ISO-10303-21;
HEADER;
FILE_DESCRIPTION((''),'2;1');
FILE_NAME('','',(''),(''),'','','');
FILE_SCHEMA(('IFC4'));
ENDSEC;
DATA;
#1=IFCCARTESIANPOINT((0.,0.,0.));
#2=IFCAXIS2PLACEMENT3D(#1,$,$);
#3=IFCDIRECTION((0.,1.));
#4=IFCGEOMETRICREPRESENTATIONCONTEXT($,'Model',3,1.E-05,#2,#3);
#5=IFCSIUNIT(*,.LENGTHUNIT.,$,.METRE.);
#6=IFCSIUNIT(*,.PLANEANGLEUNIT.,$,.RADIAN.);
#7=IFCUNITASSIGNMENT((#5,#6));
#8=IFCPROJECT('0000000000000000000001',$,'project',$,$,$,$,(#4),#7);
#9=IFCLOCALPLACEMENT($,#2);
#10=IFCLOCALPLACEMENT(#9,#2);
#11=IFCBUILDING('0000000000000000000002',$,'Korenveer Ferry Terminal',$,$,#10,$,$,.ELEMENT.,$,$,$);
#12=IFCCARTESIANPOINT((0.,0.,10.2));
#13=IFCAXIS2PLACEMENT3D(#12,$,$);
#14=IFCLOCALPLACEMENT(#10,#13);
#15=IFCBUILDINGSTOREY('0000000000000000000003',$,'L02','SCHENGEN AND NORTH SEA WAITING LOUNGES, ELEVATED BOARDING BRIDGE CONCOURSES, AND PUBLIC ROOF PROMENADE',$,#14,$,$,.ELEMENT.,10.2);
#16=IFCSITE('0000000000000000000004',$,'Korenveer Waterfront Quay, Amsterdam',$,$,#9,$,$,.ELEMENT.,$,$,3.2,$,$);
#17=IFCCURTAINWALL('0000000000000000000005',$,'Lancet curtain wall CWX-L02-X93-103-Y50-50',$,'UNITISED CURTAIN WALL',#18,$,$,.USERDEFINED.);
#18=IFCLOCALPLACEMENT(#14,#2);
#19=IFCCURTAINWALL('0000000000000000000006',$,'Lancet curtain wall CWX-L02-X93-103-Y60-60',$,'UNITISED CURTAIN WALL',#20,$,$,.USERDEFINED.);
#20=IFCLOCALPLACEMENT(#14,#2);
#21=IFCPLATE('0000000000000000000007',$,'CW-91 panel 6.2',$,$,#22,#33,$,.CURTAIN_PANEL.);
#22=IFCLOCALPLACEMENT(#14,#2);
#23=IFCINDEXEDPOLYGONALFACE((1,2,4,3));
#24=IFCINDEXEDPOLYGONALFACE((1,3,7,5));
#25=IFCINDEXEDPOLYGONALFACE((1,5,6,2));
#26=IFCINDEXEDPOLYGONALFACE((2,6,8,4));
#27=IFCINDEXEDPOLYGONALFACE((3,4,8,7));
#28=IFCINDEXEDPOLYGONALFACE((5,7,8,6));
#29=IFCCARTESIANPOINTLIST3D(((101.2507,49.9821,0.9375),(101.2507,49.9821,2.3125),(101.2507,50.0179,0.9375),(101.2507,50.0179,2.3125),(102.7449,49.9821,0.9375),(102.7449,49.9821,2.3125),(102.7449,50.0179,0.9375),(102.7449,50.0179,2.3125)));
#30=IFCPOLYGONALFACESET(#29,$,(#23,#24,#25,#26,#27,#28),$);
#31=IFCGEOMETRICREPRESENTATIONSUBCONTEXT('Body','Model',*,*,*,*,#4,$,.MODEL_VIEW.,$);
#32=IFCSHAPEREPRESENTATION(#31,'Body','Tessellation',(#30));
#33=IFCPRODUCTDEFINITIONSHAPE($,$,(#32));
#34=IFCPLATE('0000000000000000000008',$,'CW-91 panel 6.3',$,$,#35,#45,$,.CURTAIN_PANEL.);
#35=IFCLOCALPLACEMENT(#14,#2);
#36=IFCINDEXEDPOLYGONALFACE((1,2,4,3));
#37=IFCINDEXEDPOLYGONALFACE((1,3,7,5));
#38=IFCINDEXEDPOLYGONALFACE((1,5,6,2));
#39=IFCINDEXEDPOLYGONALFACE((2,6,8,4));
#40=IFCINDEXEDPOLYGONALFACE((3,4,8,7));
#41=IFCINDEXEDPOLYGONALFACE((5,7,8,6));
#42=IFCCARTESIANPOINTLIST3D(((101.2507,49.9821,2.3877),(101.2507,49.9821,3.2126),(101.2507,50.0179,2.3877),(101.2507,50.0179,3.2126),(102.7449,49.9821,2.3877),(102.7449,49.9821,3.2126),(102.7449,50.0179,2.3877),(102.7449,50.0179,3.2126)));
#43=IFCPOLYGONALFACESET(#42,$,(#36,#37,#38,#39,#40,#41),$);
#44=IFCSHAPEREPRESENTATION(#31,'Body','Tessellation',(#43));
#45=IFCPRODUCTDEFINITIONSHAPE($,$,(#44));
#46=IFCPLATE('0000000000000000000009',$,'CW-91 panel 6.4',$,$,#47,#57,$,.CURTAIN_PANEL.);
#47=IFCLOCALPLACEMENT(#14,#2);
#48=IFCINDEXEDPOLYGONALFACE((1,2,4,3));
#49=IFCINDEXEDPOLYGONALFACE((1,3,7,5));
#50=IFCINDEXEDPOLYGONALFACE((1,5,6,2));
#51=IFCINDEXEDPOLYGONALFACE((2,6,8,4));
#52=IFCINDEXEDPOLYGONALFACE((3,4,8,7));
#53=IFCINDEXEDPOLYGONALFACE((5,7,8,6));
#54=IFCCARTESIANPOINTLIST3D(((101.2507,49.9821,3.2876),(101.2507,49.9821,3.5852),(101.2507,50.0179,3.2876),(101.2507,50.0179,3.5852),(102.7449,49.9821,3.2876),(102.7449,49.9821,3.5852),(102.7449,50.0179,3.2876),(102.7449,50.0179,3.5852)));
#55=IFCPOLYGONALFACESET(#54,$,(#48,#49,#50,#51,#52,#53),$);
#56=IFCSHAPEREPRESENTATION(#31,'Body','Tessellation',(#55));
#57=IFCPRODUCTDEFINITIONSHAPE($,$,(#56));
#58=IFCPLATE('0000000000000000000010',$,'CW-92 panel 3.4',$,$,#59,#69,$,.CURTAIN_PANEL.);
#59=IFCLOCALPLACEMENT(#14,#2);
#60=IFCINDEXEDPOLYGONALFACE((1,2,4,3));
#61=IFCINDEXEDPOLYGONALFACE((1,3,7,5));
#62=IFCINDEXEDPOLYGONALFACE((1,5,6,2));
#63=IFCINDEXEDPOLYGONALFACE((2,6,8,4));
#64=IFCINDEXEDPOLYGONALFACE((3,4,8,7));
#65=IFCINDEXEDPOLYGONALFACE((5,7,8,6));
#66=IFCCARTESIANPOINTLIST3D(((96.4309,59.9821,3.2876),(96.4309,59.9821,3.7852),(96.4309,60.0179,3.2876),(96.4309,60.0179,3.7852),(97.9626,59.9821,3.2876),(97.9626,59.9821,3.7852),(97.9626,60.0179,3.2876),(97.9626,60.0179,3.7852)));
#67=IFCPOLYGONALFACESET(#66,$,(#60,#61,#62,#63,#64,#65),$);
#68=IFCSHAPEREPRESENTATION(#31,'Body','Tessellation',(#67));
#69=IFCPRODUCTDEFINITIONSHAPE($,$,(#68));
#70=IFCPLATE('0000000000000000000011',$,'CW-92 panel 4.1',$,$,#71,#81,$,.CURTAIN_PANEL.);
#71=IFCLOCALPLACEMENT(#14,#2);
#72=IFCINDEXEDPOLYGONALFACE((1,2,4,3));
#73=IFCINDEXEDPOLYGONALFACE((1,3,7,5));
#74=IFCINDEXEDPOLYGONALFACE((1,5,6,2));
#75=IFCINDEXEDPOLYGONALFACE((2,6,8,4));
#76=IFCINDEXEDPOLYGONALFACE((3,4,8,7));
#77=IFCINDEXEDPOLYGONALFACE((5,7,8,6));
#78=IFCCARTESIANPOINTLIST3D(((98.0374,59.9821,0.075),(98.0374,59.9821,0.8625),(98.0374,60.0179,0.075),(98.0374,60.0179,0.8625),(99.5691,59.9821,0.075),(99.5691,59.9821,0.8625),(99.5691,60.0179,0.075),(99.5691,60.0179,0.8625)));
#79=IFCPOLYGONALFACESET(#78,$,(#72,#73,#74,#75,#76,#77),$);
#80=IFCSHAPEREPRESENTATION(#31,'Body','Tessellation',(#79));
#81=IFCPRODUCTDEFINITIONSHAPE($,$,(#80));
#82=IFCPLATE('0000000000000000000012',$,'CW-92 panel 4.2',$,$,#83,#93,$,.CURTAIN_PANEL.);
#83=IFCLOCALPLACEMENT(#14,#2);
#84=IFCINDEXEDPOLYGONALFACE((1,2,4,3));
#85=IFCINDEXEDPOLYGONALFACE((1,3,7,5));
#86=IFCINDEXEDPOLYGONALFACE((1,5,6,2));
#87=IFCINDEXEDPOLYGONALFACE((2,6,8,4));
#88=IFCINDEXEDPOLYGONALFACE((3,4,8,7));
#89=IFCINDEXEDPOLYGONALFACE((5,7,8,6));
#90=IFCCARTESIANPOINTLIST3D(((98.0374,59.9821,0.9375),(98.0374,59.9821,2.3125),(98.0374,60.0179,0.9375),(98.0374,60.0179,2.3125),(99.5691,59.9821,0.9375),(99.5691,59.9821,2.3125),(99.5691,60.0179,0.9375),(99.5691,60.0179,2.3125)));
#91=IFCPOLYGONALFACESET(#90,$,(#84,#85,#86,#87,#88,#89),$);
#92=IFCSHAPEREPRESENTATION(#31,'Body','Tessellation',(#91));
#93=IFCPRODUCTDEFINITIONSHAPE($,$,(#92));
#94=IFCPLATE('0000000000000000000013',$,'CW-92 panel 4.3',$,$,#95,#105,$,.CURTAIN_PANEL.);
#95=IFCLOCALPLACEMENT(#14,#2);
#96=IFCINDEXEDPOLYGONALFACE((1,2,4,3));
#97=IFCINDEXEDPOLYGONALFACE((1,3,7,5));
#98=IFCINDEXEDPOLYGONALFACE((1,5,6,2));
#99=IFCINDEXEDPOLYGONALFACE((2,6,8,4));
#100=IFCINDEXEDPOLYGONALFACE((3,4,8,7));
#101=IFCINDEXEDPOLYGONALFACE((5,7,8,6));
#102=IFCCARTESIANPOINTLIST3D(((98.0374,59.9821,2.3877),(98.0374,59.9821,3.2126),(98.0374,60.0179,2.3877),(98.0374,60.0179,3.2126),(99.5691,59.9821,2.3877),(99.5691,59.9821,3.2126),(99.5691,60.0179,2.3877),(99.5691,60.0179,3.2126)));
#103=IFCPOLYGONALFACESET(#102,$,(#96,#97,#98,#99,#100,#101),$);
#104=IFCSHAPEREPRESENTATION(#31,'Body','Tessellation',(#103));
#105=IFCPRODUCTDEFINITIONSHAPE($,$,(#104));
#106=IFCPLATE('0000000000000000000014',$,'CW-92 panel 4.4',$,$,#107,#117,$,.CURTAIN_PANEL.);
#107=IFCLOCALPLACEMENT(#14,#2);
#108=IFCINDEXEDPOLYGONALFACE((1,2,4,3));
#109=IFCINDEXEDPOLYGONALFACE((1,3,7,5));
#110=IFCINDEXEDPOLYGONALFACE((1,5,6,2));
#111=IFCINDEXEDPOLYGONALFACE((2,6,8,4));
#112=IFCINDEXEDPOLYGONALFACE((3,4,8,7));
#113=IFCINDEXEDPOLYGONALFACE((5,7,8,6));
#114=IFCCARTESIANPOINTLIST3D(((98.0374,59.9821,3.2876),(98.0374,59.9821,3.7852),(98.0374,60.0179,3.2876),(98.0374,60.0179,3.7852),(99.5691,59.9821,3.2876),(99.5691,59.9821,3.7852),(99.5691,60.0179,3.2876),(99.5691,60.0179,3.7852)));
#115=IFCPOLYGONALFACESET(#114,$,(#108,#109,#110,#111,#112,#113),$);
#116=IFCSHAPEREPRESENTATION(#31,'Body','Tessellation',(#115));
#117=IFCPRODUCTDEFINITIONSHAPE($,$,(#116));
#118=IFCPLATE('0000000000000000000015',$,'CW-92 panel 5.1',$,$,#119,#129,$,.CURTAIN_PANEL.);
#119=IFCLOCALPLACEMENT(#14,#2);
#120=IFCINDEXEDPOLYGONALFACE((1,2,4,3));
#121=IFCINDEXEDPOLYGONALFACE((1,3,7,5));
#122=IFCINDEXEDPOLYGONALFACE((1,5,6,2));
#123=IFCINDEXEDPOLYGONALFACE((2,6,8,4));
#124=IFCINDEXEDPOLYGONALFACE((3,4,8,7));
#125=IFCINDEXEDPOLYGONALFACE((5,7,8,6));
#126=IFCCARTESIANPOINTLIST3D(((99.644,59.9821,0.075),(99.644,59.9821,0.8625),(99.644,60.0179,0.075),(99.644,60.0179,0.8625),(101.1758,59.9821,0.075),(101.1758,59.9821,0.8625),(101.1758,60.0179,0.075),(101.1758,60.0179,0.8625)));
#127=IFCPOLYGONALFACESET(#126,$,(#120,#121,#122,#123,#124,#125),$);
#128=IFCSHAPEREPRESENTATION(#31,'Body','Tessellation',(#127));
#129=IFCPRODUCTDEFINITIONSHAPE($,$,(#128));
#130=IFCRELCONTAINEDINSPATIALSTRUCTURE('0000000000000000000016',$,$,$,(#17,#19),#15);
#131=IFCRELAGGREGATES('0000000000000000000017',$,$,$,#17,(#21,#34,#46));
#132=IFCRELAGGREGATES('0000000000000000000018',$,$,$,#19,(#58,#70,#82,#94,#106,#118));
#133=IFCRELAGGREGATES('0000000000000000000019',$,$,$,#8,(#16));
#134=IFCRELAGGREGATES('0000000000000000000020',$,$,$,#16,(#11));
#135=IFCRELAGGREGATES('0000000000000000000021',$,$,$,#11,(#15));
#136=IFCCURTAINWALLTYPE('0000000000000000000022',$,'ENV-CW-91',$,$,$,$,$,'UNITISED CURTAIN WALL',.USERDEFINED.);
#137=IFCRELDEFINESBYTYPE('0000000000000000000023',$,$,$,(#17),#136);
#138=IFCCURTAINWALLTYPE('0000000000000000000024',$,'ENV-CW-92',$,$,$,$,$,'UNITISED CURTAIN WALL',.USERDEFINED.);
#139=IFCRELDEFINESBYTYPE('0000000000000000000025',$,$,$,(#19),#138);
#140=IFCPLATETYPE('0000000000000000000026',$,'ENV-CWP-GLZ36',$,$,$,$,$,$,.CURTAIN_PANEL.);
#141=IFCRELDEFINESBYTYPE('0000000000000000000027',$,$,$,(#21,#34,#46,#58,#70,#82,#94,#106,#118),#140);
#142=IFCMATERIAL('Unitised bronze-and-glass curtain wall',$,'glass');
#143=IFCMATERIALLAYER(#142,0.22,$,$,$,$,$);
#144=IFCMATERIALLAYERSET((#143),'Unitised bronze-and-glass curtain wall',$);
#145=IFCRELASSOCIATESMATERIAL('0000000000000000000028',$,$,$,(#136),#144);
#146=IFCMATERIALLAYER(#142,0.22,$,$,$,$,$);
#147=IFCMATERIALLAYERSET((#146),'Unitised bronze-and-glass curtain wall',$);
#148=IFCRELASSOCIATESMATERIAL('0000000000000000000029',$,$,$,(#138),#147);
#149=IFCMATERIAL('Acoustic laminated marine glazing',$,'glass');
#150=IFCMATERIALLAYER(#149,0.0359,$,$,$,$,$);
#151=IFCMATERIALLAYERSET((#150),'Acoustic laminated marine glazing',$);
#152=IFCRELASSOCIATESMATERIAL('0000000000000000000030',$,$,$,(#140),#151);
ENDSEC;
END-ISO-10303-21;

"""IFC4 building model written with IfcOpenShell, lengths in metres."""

from ifc_helpers import new_model, si_unit, direction, frame, origin, origin_2d, place, context, subcontext, project, spatial, rectangle, extrude, material, layer, layer_set, type_object, element, aggregate, save


model = new_model("IFC4")

# Units and contexts
model_context = context("Model", 3, precision=1e-05, world=origin(), true_north=direction((0.0, 1.0)))
body_context = subcontext(model_context, "Body", "Model", "MODEL_VIEW")
ifc_project = project(units=[si_unit("LENGTHUNIT", "METRE"), si_unit("PLANEANGLEUNIT", "RADIAN")], contexts=[model_context])

# Site, building, storey
site_placement = place(None, origin())
site = spatial("IfcSite", under=ifc_project, at=site_placement, Name="Korenveer Waterfront Quay, Amsterdam", CompositionType="ELEMENT", RefElevation=3.2)
building_placement = place(site_placement, origin())
building = spatial("IfcBuilding", under=site, at=building_placement, Name="Korenveer Ferry Terminal", CompositionType="ELEMENT")
storey_placement = place(building_placement, frame((0.0, 0.0, 10.2)))
storey = spatial("IfcBuildingStorey", under=building, at=storey_placement, Name="L02", Description="SCHENGEN AND NORTH SEA WAITING LOUNGES, ELEVATED BOARDING BRIDGE CONCOURSES, AND PUBLIC ROOF PROMENADE", CompositionType="ELEMENT", Elevation=10.2)

# Curtain wall
ifc_material_1 = material(Name="Unitised bronze-and-glass curtain wall", Category="glass")
ifc_layer_1 = layer(ifc_material_1, 0.22)
ifc_layer_set_1 = layer_set([ifc_layer_1], Name="Unitised bronze-and-glass curtain wall")
curtain_wall_type_1 = type_object("IfcCurtainWallType", Name="ENV-CW-91", ElementType="UNITISED CURTAIN WALL", PredefinedType="USERDEFINED", material=ifc_layer_set_1)
curtain_wall_1_placement = place(storey_placement, frame((93.1799, 50.0, 0.0)))
curtain_wall_1 = element("IfcCurtainWall", 1, at=curtain_wall_1_placement, inside=storey, type_object=curtain_wall_type_1, Name="Lancet curtain wall CWX-L02-X93-103-Y50-50", ObjectType="UNITISED CURTAIN WALL", PredefinedType="USERDEFINED")

# Shared definitions
ifc_layer_2 = layer(ifc_material_1, 0.22)
ifc_layer_set_2 = layer_set([ifc_layer_2], Name="Unitised bronze-and-glass curtain wall")
curtain_wall_type_2 = type_object("IfcCurtainWallType", Name="ENV-CW-92", ElementType="UNITISED CURTAIN WALL", PredefinedType="USERDEFINED", material=ifc_layer_set_2)

# Curtain wall
curtain_wall_2_placement = place(storey_placement, frame((93.1799, 60.0, 0.0)))
curtain_wall_2 = element("IfcCurtainWall", 2, at=curtain_wall_2_placement, inside=storey, type_object=curtain_wall_type_2, Name="Lancet curtain wall CWX-L02-X93-103-Y60-60", ObjectType="UNITISED CURTAIN WALL", PredefinedType="USERDEFINED")

# Plates
ifc_material_2 = material(Name="Acoustic laminated marine glazing", Category="glass")
ifc_layer_3 = layer(ifc_material_2, 0.0359)
ifc_layer_set_3 = layer_set([ifc_layer_3], Name="Acoustic laminated marine glazing")
plate_type = type_object("IfcPlateType", Name="ENV-CWP-GLZ36", PredefinedType="CURTAIN_PANEL", material=ifc_layer_set_3)
plate_1_placement = place(storey_placement, frame((101.9978, 50.0, 0.9375), z_axis=(0.0, 0.0, 1.0), x_axis=(1.0, 0.0, 0.0)))
plate_1 = element("IfcPlate", 3, at=plate_1_placement, type_object=plate_type, Name="CW-91 panel 6.2", PredefinedType="CURTAIN_PANEL", context=body_context, shape_type="SweptSolid", body=[
    extrude(rectangle(XDim=1.4941, YDim=0.0359, at=origin_2d()), origin(), (0.0, 0.0, 1.0), 1.375),
])
plate_2_placement = place(storey_placement, frame((101.9978, 50.0, 2.3877), z_axis=(0.0, 0.0, 1.0), x_axis=(1.0, 0.0, 0.0)))
plate_2 = element("IfcPlate", 4, at=plate_2_placement, type_object=plate_type, Name="CW-91 panel 6.3", PredefinedType="CURTAIN_PANEL", context=body_context, shape_type="SweptSolid", body=[
    extrude(rectangle(XDim=1.4941, YDim=0.0359, at=origin_2d()), origin(), (0.0, 0.0, 1.0), 0.825),
])
plate_3_placement = place(storey_placement, frame((101.9978, 50.0, 3.2876), z_axis=(0.0, 0.0, 1.0), x_axis=(1.0, 0.0, 0.0)))
plate_3 = element("IfcPlate", 5, at=plate_3_placement, type_object=plate_type, Name="CW-91 panel 6.4", PredefinedType="CURTAIN_PANEL", context=body_context, shape_type="SweptSolid", body=[
    extrude(rectangle(XDim=1.4941, YDim=0.0359, at=origin_2d()), origin(), (0.0, 0.0, 1.0), 0.2976),
])
aggregate(curtain_wall_1, [plate_1, plate_2, plate_3])
plate_4_placement = place(storey_placement, frame((97.1968, 60.0, 3.2876), z_axis=(0.0, 0.0, 1.0), x_axis=(1.0, 0.0, 0.0)))
plate_4 = element("IfcPlate", 6, at=plate_4_placement, type_object=plate_type, Name="CW-92 panel 3.4", PredefinedType="CURTAIN_PANEL", context=body_context, shape_type="SweptSolid", body=[
    extrude(rectangle(XDim=1.5317, YDim=0.0359, at=origin_2d()), origin(), (0.0, 0.0, 1.0), 0.4976),
])
plate_5_placement = place(storey_placement, frame((98.8032, 60.0, 0.075), z_axis=(0.0, 0.0, 1.0), x_axis=(1.0, 0.0, 0.0)))
plate_5 = element("IfcPlate", 7, at=plate_5_placement, type_object=plate_type, Name="CW-92 panel 4.1", PredefinedType="CURTAIN_PANEL", context=body_context, shape_type="SweptSolid", body=[
    extrude(rectangle(XDim=1.5317, YDim=0.0359, at=origin_2d()), origin(), (0.0, 0.0, 1.0), 0.7876),
])
plate_6_placement = place(storey_placement, frame((98.8032, 60.0, 0.9375), z_axis=(0.0, 0.0, 1.0), x_axis=(1.0, 0.0, 0.0)))
plate_6 = element("IfcPlate", 8, at=plate_6_placement, type_object=plate_type, Name="CW-92 panel 4.2", PredefinedType="CURTAIN_PANEL", context=body_context, shape_type="SweptSolid", body=[
    extrude(rectangle(XDim=1.5317, YDim=0.0359, at=origin_2d()), origin(), (0.0, 0.0, 1.0), 1.375),
])
plate_7_placement = place(storey_placement, frame((98.8032, 60.0, 2.3877), z_axis=(0.0, 0.0, 1.0), x_axis=(1.0, 0.0, 0.0)))
plate_7 = element("IfcPlate", 9, at=plate_7_placement, type_object=plate_type, Name="CW-92 panel 4.3", PredefinedType="CURTAIN_PANEL", context=body_context, shape_type="SweptSolid", body=[
    extrude(rectangle(XDim=1.5317, YDim=0.0359, at=origin_2d()), origin(), (0.0, 0.0, 1.0), 0.825),
])
plate_8_placement = place(storey_placement, frame((98.8032, 60.0, 3.2876), z_axis=(0.0, 0.0, 1.0), x_axis=(1.0, 0.0, 0.0)))
plate_8 = element("IfcPlate", 10, at=plate_8_placement, type_object=plate_type, Name="CW-92 panel 4.4", PredefinedType="CURTAIN_PANEL", context=body_context, shape_type="SweptSolid", body=[
    extrude(rectangle(XDim=1.5317, YDim=0.0359, at=origin_2d()), origin(), (0.0, 0.0, 1.0), 0.4976),
])
plate_9_placement = place(storey_placement, frame((100.4099, 60.0, 0.075), z_axis=(0.0, 0.0, 1.0), x_axis=(1.0, 0.0, 0.0)))
plate_9 = element("IfcPlate", 11, at=plate_9_placement, type_object=plate_type, Name="CW-92 panel 5.1", PredefinedType="CURTAIN_PANEL", context=body_context, shape_type="SweptSolid", body=[
    extrude(rectangle(XDim=1.5317, YDim=0.0359, at=origin_2d()), origin(), (0.0, 0.0, 1.0), 0.7876),
])
aggregate(curtain_wall_2, [plate_4, plate_5, plate_6, plate_7, plate_8, plate_9])

save(model, "model.ifc")
